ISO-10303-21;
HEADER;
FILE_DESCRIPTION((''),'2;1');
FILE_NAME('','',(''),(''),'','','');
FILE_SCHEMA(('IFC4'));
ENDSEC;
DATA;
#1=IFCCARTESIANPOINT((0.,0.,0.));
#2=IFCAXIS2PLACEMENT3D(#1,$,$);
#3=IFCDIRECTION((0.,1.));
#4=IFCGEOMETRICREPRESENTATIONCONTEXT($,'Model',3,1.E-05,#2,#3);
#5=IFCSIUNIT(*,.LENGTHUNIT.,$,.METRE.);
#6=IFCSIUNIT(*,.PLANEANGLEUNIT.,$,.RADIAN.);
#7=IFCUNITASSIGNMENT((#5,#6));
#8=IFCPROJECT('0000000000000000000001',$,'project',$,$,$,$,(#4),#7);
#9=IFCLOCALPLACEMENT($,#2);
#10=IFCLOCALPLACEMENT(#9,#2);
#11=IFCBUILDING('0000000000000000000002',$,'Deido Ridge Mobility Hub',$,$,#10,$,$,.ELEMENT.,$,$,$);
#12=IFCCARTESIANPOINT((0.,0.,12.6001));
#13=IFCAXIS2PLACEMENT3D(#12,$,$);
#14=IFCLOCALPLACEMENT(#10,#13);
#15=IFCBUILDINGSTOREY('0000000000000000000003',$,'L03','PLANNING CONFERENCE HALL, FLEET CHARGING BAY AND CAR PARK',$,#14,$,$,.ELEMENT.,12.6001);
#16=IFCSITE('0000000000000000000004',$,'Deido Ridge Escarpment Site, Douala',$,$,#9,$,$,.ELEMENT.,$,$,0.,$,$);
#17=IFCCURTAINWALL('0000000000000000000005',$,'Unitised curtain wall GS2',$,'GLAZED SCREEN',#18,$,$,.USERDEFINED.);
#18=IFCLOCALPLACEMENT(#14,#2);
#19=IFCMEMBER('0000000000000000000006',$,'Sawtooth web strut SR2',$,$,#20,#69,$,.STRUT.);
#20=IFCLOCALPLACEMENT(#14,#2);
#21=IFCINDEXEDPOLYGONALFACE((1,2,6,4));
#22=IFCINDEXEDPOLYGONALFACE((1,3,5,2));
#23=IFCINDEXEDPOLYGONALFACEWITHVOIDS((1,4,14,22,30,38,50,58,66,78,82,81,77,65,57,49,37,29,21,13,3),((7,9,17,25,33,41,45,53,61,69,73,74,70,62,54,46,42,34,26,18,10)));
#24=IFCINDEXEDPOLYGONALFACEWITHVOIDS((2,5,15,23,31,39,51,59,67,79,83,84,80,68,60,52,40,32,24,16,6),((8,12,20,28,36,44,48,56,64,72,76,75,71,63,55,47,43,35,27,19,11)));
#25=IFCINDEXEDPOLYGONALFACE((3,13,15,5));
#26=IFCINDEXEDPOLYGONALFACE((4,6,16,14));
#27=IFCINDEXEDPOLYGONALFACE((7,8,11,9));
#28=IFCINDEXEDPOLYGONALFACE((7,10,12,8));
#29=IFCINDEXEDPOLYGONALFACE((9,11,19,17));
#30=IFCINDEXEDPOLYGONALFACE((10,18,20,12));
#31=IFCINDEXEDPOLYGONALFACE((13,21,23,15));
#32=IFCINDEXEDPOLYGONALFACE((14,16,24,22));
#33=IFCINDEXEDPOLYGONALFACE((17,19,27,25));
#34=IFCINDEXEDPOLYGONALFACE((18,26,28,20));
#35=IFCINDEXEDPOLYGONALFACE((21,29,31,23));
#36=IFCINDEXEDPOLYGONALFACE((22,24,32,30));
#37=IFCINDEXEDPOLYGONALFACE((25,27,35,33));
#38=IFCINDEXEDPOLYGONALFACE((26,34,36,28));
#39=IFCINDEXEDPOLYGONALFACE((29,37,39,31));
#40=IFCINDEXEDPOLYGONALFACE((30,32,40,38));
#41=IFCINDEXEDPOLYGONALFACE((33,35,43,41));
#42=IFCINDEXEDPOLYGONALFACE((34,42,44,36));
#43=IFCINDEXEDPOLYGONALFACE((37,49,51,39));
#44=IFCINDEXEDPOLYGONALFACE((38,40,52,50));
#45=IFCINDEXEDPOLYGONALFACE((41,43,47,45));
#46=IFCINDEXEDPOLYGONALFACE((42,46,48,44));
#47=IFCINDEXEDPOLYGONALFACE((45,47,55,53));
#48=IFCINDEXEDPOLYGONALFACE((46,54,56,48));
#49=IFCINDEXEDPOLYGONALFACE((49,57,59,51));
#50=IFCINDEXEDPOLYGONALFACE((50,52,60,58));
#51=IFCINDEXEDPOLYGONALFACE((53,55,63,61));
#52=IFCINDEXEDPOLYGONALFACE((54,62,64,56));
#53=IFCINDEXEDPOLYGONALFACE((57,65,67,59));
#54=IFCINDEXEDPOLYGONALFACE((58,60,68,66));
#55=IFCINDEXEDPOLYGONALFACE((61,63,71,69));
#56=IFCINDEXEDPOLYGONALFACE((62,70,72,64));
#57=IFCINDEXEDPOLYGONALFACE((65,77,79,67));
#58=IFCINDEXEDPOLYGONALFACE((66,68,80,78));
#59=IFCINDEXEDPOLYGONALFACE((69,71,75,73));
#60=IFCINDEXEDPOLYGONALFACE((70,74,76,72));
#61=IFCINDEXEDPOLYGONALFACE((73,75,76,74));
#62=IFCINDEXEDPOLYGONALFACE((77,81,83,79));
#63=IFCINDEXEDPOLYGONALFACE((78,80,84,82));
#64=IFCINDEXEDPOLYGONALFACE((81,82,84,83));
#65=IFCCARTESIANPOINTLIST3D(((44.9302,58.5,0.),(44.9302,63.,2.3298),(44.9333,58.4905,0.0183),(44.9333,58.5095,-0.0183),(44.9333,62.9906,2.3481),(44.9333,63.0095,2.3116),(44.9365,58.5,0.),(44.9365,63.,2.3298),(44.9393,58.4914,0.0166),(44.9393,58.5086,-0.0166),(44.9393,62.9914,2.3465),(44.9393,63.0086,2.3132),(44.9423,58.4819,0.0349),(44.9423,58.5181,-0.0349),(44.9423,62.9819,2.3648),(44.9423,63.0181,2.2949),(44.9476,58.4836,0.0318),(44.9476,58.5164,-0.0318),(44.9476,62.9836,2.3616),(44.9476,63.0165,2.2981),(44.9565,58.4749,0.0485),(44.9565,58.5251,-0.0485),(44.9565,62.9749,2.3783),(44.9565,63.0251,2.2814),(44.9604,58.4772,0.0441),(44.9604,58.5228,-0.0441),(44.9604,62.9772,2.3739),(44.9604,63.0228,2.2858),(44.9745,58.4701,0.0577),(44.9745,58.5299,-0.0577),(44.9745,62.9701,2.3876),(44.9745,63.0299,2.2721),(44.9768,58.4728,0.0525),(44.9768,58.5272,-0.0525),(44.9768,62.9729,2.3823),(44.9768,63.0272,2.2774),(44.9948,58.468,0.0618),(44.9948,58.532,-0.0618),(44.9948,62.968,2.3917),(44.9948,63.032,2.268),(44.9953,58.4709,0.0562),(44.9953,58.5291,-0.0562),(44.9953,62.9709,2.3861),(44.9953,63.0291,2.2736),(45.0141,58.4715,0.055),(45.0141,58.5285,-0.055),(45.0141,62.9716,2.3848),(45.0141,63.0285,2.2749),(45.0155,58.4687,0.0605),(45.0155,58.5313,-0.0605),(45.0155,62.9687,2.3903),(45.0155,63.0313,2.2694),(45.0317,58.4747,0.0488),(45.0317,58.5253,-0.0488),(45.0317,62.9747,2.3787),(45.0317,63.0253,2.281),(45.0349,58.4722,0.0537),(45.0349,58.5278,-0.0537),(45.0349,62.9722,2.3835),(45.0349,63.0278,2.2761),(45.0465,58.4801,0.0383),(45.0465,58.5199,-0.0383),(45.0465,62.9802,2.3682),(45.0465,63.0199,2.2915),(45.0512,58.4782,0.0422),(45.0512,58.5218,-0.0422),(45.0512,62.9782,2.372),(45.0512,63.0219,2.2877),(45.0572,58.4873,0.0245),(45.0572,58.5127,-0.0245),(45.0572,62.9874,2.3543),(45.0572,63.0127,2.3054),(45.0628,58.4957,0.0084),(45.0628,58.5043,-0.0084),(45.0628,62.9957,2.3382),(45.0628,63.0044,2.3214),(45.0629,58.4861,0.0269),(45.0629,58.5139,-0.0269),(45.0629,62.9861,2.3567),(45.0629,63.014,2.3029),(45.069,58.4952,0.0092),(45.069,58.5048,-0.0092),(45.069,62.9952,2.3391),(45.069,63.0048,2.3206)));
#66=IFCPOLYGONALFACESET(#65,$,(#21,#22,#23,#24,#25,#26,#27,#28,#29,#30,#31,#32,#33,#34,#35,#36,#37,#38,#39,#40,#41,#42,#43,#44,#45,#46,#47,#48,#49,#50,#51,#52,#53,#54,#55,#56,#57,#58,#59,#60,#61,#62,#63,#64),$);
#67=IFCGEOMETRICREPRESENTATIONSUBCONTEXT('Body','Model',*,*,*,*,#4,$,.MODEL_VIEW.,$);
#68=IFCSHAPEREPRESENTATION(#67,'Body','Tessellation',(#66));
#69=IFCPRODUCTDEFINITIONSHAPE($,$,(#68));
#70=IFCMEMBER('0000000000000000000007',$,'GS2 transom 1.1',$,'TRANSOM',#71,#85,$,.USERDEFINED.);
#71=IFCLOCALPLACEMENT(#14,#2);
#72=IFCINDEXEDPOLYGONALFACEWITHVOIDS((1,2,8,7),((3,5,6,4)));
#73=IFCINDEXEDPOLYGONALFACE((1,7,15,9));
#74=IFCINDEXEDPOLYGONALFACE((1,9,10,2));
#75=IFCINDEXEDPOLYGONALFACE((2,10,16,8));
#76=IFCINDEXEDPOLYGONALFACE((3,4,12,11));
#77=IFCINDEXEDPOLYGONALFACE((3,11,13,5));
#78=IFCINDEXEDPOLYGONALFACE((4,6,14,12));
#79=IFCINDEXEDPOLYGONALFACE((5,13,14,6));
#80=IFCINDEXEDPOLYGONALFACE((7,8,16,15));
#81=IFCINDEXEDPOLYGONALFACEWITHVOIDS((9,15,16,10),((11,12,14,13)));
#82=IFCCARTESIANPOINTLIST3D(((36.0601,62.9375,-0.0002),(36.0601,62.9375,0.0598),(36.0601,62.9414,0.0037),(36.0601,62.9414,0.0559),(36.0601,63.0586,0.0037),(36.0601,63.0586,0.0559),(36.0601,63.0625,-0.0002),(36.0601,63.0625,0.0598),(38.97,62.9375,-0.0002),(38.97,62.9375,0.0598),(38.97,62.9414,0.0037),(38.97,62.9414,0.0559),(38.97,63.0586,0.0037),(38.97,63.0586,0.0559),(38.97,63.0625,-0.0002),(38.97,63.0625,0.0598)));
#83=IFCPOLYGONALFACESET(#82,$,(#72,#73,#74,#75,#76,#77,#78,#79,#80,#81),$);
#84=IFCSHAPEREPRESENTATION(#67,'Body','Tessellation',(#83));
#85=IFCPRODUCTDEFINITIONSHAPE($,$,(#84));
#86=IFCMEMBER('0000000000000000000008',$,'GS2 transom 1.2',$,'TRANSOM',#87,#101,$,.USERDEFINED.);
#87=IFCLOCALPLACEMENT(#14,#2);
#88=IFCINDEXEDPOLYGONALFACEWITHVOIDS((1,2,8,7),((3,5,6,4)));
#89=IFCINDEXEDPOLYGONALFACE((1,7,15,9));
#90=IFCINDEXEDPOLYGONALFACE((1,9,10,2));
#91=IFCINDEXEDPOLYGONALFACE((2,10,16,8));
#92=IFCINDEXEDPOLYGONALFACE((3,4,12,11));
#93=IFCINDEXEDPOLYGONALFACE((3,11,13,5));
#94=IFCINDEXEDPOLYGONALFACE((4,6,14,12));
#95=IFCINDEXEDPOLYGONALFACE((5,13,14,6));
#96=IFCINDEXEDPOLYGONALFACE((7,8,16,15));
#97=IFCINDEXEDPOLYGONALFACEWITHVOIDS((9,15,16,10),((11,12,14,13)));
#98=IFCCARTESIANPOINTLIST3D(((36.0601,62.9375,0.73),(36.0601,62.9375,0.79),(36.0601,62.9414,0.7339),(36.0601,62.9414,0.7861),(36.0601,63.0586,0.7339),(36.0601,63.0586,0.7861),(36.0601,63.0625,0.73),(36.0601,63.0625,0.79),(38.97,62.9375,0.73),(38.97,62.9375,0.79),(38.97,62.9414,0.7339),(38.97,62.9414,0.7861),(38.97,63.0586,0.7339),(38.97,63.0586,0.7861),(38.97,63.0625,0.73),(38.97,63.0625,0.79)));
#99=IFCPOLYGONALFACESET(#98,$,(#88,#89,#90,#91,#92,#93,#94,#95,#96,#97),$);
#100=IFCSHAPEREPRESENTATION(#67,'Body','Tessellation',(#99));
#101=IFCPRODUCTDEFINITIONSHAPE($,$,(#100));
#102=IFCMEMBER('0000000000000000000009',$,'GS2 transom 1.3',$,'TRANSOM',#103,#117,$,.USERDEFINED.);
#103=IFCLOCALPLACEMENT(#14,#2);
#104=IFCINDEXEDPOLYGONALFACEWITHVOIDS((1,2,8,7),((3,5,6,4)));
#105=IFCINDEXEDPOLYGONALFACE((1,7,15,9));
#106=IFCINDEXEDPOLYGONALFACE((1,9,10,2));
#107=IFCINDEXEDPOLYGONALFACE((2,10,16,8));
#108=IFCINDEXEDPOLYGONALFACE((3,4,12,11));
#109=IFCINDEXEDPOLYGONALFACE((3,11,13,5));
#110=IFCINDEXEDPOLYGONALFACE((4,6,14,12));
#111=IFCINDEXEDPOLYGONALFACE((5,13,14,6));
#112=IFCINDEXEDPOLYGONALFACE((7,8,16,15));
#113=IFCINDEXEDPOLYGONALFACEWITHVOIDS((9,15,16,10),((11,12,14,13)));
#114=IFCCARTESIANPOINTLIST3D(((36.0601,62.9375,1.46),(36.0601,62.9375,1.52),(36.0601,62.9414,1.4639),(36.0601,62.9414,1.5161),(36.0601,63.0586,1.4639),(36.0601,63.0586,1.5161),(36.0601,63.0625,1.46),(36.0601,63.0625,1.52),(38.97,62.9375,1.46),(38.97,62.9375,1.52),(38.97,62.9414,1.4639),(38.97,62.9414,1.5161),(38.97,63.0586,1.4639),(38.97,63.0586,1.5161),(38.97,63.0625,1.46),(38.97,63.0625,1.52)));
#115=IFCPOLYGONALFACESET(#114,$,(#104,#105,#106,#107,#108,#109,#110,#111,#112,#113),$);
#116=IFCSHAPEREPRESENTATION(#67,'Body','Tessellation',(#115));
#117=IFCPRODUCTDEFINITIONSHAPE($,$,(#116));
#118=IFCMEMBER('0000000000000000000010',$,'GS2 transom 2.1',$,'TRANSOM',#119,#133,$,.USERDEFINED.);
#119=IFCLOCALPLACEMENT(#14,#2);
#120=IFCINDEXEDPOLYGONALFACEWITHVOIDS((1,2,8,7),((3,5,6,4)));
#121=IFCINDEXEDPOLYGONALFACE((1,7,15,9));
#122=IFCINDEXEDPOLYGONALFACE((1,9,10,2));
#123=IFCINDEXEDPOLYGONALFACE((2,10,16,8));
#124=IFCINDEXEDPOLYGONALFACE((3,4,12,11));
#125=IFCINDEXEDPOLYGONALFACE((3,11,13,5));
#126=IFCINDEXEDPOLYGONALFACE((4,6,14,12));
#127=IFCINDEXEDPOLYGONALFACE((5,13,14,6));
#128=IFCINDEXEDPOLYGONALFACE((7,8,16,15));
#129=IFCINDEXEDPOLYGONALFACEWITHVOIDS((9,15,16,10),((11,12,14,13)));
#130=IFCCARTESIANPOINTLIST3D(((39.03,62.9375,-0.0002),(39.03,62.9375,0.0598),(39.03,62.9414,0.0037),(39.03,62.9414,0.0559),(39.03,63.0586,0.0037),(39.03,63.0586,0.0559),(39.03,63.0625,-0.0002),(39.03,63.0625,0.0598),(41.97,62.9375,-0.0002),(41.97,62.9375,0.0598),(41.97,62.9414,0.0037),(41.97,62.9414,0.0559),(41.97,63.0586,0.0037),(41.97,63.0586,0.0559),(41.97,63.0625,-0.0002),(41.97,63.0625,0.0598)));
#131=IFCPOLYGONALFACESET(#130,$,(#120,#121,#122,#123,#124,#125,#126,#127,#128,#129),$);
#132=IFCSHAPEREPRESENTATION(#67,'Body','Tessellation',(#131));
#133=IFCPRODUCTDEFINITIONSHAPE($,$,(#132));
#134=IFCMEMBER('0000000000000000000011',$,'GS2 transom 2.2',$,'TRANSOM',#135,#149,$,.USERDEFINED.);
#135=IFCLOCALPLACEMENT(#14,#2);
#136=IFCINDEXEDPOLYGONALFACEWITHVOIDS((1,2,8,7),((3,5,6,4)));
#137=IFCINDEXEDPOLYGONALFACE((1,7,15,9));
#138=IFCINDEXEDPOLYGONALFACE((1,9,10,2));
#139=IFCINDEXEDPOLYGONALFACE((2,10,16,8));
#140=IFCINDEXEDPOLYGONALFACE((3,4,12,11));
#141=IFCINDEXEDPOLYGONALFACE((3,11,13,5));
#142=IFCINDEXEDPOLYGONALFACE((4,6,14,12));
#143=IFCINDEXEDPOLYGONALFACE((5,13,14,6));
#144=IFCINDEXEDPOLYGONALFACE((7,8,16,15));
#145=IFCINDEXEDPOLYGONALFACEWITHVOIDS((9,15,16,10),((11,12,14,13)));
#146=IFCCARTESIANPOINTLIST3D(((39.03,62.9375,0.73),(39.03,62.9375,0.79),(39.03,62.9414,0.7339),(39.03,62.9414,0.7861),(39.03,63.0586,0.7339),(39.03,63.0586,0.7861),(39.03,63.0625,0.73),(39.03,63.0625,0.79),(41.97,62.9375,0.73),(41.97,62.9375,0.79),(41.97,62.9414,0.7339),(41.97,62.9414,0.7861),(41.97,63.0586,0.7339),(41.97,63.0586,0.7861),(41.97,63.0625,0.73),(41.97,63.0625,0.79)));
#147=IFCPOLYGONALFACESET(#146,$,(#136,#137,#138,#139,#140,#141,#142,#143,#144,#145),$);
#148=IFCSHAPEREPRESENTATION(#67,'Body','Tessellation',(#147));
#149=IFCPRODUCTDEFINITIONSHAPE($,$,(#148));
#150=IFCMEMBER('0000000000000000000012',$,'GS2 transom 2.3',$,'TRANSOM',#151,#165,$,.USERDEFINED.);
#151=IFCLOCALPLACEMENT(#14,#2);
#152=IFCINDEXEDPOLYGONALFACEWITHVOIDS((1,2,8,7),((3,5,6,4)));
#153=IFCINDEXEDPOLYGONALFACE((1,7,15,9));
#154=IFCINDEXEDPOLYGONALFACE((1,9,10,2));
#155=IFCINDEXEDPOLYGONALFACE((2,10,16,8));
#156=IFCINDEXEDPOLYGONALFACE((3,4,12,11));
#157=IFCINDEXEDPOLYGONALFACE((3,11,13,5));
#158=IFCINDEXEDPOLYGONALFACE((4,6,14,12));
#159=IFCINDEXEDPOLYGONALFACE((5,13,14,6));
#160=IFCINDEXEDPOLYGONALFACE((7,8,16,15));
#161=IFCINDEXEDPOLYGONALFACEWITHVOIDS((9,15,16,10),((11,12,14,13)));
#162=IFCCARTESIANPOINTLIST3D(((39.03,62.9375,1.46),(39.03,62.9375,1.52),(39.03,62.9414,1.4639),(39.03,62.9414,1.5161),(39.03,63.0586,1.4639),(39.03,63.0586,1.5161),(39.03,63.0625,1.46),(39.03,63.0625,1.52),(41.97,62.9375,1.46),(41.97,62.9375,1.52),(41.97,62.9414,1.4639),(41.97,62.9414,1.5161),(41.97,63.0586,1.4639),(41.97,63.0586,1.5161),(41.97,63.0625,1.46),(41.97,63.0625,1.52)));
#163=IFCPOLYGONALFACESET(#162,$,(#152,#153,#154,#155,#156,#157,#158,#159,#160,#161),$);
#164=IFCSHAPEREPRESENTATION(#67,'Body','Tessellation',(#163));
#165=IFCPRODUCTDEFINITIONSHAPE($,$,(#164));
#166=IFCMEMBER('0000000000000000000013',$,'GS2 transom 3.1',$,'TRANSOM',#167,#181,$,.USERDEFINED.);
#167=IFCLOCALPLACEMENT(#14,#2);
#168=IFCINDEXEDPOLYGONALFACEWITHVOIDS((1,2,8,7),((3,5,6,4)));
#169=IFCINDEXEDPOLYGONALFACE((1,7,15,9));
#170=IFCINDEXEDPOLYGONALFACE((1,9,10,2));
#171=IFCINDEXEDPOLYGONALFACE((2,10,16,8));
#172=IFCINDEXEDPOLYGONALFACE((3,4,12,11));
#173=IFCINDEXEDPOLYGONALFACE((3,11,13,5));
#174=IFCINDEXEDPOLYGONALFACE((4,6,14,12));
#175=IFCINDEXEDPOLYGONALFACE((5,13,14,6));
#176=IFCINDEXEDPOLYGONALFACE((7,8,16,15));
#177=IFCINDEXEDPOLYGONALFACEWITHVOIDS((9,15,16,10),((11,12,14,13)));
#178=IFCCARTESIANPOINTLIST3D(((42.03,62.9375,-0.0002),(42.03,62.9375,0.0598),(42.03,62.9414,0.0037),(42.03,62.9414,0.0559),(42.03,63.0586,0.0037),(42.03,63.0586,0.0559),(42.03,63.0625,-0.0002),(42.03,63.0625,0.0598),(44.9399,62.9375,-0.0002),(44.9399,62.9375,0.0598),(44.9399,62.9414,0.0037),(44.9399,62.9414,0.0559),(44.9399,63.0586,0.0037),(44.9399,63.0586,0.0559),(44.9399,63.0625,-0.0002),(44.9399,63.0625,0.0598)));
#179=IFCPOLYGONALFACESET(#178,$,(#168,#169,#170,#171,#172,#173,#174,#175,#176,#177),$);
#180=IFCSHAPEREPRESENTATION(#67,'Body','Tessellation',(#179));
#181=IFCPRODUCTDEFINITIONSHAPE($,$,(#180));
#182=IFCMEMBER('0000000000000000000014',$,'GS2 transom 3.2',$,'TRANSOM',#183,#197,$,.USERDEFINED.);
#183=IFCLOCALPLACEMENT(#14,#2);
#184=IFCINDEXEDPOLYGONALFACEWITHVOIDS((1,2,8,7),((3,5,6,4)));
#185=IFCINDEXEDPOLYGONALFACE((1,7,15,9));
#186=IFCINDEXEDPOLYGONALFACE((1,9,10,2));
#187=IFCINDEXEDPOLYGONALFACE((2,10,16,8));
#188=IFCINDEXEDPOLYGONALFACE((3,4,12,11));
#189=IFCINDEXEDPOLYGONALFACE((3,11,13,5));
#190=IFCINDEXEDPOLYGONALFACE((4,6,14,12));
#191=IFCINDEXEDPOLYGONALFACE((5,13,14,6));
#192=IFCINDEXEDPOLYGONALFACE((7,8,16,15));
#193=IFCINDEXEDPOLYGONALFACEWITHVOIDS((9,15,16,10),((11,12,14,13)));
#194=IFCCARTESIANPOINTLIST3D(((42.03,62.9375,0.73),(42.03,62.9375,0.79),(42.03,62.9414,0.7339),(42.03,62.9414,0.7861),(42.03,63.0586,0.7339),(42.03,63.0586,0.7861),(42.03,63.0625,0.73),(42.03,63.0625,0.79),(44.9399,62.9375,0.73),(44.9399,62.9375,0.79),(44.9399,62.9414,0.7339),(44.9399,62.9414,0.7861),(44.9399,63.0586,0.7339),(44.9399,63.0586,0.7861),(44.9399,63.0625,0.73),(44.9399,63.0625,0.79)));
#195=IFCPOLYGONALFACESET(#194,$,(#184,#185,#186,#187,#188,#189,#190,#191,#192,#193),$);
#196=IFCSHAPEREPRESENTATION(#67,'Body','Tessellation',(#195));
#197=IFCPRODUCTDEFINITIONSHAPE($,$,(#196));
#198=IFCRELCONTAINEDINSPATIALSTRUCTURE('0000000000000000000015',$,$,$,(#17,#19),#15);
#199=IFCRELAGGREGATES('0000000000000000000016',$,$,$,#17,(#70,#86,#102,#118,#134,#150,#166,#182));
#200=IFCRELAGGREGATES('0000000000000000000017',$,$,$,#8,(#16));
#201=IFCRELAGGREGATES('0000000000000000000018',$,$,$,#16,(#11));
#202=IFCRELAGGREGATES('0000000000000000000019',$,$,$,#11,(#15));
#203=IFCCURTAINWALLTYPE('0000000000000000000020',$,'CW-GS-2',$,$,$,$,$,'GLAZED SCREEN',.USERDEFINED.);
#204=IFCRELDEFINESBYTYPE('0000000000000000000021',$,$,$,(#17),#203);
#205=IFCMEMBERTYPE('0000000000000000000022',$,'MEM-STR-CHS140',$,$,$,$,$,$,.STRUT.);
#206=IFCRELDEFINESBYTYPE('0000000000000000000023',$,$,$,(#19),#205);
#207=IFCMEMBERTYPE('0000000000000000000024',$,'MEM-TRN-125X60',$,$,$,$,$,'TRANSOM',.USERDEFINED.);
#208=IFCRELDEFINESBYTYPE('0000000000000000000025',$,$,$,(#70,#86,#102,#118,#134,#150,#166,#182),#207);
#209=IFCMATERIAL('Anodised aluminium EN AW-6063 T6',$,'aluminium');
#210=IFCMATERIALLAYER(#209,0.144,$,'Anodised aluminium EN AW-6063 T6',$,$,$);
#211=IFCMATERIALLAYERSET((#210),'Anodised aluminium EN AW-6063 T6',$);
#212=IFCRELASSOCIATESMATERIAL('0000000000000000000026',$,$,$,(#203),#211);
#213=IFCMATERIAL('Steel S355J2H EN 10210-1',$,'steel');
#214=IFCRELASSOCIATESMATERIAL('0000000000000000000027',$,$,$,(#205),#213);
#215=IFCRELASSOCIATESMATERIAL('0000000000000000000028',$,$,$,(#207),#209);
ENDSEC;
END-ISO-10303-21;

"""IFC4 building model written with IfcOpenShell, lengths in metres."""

from ifc_helpers import new_model, si_unit, direction, frame, origin, origin_2d, place, context, subcontext, project, spatial, hollow_rectangle, hollow_circle, extrude, material, layer, layer_set, material_profile, profile_set, type_object, element, aggregate, save


model = new_model("IFC4")

# Units and contexts
model_context = context("Model", 3, precision=1e-05, world=origin(), true_north=direction((0.0, 1.0)))
body_context = subcontext(model_context, "Body", "Model", "MODEL_VIEW")
ifc_project = project(units=[si_unit("LENGTHUNIT", "METRE"), si_unit("PLANEANGLEUNIT", "RADIAN")], contexts=[model_context])

# Site, building, storey
site_placement = place(None, origin())
site = spatial("IfcSite", under=ifc_project, at=site_placement, Name="Deido Ridge Escarpment Site, Douala", CompositionType="ELEMENT", RefElevation=0.0)
building_placement = place(site_placement, origin())
building = spatial("IfcBuilding", under=site, at=building_placement, Name="Deido Ridge Mobility Hub", CompositionType="ELEMENT")
storey_placement = place(building_placement, frame((0.0, 0.0, 12.6001)))
storey = spatial("IfcBuildingStorey", under=building, at=storey_placement, Name="L03", Description="PLANNING CONFERENCE HALL, FLEET CHARGING BAY AND CAR PARK", CompositionType="ELEMENT", Elevation=12.6001)

# Shared definitions
ifc_material_1 = material(Name="Steel S355J2H EN 10210-1", Category="steel")

# Curtain wall
ifc_material_2 = material(Name="Anodised aluminium EN AW-6063 T6", Category="aluminium")
ifc_layer_1 = layer(ifc_material_2, 0.144, Name="Anodised aluminium EN AW-6063 T6")
ifc_layer_set_1 = layer_set([ifc_layer_1], Name="Anodised aluminium EN AW-6063 T6")
curtain_wall_type = type_object("IfcCurtainWallType", Name="CW-GS-2", ElementType="GLAZED SCREEN", PredefinedType="USERDEFINED", material=ifc_layer_set_1)
curtain_wall_placement = place(storey_placement, origin())
curtain_wall = element("IfcCurtainWall", 1, at=curtain_wall_placement, inside=storey, type_object=curtain_wall_type, Name="Unitised curtain wall GS2", ObjectType="GLAZED SCREEN", PredefinedType="USERDEFINED")

# Member
ifc_material_profile_1 = material_profile(ifc_material_1, hollow_circle(Radius=0.0698, WallThickness=0.0063, at=origin_2d()), Name="CHS 139.7x6.3")
ifc_profile_set_1 = profile_set([ifc_material_profile_1], Name="Steel S355J2H EN 10210-1")
member_type_1 = type_object("IfcMemberType", Name="MEM-STR-CHS140", PredefinedType="STRUT", material=ifc_profile_set_1)
member_1_placement = place(storey_placement, frame((45.0, 58.5, 0.0), z_axis=(0.0, 0.888037, 0.459773), x_axis=(-1.0, 0.0, 0.0)))
element("IfcMember", 2, at=member_1_placement, inside=storey, type_object=member_type_1, Name="Sawtooth web strut SR2", PredefinedType="STRUT", context=body_context, shape_type="SweptSolid", body=[
    extrude(hollow_circle(Radius=0.0698, WallThickness=0.0063, at=origin_2d()), origin(), (0.0, 0.0, 1.0), 5.0674),
])

# Members
ifc_material_profile_2 = material_profile(ifc_material_2, hollow_rectangle(XDim=0.125, YDim=0.0601, WallThickness=0.0039, at=origin_2d()), Name="RHS 125x60x4")
ifc_profile_set_2 = profile_set([ifc_material_profile_2], Name="Anodised aluminium EN AW-6063 T6")
member_type_2 = type_object("IfcMemberType", Name="MEM-TRN-125X60", ElementType="TRANSOM", PredefinedType="USERDEFINED", material=ifc_profile_set_2)
member_2_placement = place(storey_placement, frame((36.0601, 63.0, 0.0298), z_axis=(1.0, 0.0, 0.0), x_axis=(0.0, 1.0, 0.0)))
member_2 = element("IfcMember", 3, at=member_2_placement, type_object=member_type_2, Name="GS2 transom 1.1", ObjectType="TRANSOM", PredefinedType="USERDEFINED", context=body_context, shape_type="SweptSolid", body=[
    extrude(hollow_rectangle(XDim=0.125, YDim=0.0601, WallThickness=0.0039, at=origin_2d()), origin(), (0.0, 0.0, 1.0), 2.9099),
])
member_3_placement = place(storey_placement, frame((36.0601, 63.0, 0.76), z_axis=(1.0, 0.0, 0.0), x_axis=(0.0, 1.0, 0.0)))
member_3 = element("IfcMember", 4, at=member_3_placement, type_object=member_type_2, Name="GS2 transom 1.2", ObjectType="TRANSOM", PredefinedType="USERDEFINED", context=body_context, shape_type="SweptSolid", body=[
    extrude(hollow_rectangle(XDim=0.125, YDim=0.0601, WallThickness=0.0039, at=origin_2d()), origin(), (0.0, 0.0, 1.0), 2.9099),
])
member_4_placement = place(storey_placement, frame((36.0601, 63.0, 1.49), z_axis=(1.0, 0.0, 0.0), x_axis=(0.0, 1.0, 0.0)))
member_4 = element("IfcMember", 5, at=member_4_placement, type_object=member_type_2, Name="GS2 transom 1.3", ObjectType="TRANSOM", PredefinedType="USERDEFINED", context=body_context, shape_type="SweptSolid", body=[
    extrude(hollow_rectangle(XDim=0.125, YDim=0.0601, WallThickness=0.0039, at=origin_2d()), origin(), (0.0, 0.0, 1.0), 2.9099),
])
member_5_placement = place(storey_placement, frame((39.03, 63.0, 0.0298), z_axis=(1.0, 0.0, 0.0), x_axis=(0.0, 1.0, 0.0)))
member_5 = element("IfcMember", 6, at=member_5_placement, type_object=member_type_2, Name="GS2 transom 2.1", ObjectType="TRANSOM", PredefinedType="USERDEFINED", context=body_context, shape_type="SweptSolid", body=[
    extrude(hollow_rectangle(XDim=0.125, YDim=0.0601, WallThickness=0.0039, at=origin_2d()), origin(), (0.0, 0.0, 1.0), 2.9399),
])
member_6_placement = place(storey_placement, frame((39.03, 63.0, 0.76), z_axis=(1.0, 0.0, 0.0), x_axis=(0.0, 1.0, 0.0)))
member_6 = element("IfcMember", 7, at=member_6_placement, type_object=member_type_2, Name="GS2 transom 2.2", ObjectType="TRANSOM", PredefinedType="USERDEFINED", context=body_context, shape_type="SweptSolid", body=[
    extrude(hollow_rectangle(XDim=0.125, YDim=0.0601, WallThickness=0.0039, at=origin_2d()), origin(), (0.0, 0.0, 1.0), 2.9399),
])
member_7_placement = place(storey_placement, frame((39.03, 63.0, 1.49), z_axis=(1.0, 0.0, 0.0), x_axis=(0.0, 1.0, 0.0)))
member_7 = element("IfcMember", 8, at=member_7_placement, type_object=member_type_2, Name="GS2 transom 2.3", ObjectType="TRANSOM", PredefinedType="USERDEFINED", context=body_context, shape_type="SweptSolid", body=[
    extrude(hollow_rectangle(XDim=0.125, YDim=0.0601, WallThickness=0.0039, at=origin_2d()), origin(), (0.0, 0.0, 1.0), 2.9399),
])
member_8_placement = place(storey_placement, frame((42.03, 63.0, 0.0298), z_axis=(1.0, 0.0, 0.0), x_axis=(0.0, 1.0, 0.0)))
member_8 = element("IfcMember", 9, at=member_8_placement, type_object=member_type_2, Name="GS2 transom 3.1", ObjectType="TRANSOM", PredefinedType="USERDEFINED", context=body_context, shape_type="SweptSolid", body=[
    extrude(hollow_rectangle(XDim=0.125, YDim=0.0601, WallThickness=0.0039, at=origin_2d()), origin(), (0.0, 0.0, 1.0), 2.9099),
])
member_9_placement = place(storey_placement, frame((42.03, 63.0, 0.76), z_axis=(1.0, 0.0, 0.0), x_axis=(0.0, 1.0, 0.0)))
member_9 = element("IfcMember", 10, at=member_9_placement, type_object=member_type_2, Name="GS2 transom 3.2", ObjectType="TRANSOM", PredefinedType="USERDEFINED", context=body_context, shape_type="SweptSolid", body=[
    extrude(hollow_rectangle(XDim=0.125, YDim=0.0601, WallThickness=0.0039, at=origin_2d()), origin(), (0.0, 0.0, 1.0), 2.9099),
])

aggregate(curtain_wall, [member_2, member_3, member_4, member_5, member_6, member_7, member_8, member_9])

save(model, "model.ifc")
